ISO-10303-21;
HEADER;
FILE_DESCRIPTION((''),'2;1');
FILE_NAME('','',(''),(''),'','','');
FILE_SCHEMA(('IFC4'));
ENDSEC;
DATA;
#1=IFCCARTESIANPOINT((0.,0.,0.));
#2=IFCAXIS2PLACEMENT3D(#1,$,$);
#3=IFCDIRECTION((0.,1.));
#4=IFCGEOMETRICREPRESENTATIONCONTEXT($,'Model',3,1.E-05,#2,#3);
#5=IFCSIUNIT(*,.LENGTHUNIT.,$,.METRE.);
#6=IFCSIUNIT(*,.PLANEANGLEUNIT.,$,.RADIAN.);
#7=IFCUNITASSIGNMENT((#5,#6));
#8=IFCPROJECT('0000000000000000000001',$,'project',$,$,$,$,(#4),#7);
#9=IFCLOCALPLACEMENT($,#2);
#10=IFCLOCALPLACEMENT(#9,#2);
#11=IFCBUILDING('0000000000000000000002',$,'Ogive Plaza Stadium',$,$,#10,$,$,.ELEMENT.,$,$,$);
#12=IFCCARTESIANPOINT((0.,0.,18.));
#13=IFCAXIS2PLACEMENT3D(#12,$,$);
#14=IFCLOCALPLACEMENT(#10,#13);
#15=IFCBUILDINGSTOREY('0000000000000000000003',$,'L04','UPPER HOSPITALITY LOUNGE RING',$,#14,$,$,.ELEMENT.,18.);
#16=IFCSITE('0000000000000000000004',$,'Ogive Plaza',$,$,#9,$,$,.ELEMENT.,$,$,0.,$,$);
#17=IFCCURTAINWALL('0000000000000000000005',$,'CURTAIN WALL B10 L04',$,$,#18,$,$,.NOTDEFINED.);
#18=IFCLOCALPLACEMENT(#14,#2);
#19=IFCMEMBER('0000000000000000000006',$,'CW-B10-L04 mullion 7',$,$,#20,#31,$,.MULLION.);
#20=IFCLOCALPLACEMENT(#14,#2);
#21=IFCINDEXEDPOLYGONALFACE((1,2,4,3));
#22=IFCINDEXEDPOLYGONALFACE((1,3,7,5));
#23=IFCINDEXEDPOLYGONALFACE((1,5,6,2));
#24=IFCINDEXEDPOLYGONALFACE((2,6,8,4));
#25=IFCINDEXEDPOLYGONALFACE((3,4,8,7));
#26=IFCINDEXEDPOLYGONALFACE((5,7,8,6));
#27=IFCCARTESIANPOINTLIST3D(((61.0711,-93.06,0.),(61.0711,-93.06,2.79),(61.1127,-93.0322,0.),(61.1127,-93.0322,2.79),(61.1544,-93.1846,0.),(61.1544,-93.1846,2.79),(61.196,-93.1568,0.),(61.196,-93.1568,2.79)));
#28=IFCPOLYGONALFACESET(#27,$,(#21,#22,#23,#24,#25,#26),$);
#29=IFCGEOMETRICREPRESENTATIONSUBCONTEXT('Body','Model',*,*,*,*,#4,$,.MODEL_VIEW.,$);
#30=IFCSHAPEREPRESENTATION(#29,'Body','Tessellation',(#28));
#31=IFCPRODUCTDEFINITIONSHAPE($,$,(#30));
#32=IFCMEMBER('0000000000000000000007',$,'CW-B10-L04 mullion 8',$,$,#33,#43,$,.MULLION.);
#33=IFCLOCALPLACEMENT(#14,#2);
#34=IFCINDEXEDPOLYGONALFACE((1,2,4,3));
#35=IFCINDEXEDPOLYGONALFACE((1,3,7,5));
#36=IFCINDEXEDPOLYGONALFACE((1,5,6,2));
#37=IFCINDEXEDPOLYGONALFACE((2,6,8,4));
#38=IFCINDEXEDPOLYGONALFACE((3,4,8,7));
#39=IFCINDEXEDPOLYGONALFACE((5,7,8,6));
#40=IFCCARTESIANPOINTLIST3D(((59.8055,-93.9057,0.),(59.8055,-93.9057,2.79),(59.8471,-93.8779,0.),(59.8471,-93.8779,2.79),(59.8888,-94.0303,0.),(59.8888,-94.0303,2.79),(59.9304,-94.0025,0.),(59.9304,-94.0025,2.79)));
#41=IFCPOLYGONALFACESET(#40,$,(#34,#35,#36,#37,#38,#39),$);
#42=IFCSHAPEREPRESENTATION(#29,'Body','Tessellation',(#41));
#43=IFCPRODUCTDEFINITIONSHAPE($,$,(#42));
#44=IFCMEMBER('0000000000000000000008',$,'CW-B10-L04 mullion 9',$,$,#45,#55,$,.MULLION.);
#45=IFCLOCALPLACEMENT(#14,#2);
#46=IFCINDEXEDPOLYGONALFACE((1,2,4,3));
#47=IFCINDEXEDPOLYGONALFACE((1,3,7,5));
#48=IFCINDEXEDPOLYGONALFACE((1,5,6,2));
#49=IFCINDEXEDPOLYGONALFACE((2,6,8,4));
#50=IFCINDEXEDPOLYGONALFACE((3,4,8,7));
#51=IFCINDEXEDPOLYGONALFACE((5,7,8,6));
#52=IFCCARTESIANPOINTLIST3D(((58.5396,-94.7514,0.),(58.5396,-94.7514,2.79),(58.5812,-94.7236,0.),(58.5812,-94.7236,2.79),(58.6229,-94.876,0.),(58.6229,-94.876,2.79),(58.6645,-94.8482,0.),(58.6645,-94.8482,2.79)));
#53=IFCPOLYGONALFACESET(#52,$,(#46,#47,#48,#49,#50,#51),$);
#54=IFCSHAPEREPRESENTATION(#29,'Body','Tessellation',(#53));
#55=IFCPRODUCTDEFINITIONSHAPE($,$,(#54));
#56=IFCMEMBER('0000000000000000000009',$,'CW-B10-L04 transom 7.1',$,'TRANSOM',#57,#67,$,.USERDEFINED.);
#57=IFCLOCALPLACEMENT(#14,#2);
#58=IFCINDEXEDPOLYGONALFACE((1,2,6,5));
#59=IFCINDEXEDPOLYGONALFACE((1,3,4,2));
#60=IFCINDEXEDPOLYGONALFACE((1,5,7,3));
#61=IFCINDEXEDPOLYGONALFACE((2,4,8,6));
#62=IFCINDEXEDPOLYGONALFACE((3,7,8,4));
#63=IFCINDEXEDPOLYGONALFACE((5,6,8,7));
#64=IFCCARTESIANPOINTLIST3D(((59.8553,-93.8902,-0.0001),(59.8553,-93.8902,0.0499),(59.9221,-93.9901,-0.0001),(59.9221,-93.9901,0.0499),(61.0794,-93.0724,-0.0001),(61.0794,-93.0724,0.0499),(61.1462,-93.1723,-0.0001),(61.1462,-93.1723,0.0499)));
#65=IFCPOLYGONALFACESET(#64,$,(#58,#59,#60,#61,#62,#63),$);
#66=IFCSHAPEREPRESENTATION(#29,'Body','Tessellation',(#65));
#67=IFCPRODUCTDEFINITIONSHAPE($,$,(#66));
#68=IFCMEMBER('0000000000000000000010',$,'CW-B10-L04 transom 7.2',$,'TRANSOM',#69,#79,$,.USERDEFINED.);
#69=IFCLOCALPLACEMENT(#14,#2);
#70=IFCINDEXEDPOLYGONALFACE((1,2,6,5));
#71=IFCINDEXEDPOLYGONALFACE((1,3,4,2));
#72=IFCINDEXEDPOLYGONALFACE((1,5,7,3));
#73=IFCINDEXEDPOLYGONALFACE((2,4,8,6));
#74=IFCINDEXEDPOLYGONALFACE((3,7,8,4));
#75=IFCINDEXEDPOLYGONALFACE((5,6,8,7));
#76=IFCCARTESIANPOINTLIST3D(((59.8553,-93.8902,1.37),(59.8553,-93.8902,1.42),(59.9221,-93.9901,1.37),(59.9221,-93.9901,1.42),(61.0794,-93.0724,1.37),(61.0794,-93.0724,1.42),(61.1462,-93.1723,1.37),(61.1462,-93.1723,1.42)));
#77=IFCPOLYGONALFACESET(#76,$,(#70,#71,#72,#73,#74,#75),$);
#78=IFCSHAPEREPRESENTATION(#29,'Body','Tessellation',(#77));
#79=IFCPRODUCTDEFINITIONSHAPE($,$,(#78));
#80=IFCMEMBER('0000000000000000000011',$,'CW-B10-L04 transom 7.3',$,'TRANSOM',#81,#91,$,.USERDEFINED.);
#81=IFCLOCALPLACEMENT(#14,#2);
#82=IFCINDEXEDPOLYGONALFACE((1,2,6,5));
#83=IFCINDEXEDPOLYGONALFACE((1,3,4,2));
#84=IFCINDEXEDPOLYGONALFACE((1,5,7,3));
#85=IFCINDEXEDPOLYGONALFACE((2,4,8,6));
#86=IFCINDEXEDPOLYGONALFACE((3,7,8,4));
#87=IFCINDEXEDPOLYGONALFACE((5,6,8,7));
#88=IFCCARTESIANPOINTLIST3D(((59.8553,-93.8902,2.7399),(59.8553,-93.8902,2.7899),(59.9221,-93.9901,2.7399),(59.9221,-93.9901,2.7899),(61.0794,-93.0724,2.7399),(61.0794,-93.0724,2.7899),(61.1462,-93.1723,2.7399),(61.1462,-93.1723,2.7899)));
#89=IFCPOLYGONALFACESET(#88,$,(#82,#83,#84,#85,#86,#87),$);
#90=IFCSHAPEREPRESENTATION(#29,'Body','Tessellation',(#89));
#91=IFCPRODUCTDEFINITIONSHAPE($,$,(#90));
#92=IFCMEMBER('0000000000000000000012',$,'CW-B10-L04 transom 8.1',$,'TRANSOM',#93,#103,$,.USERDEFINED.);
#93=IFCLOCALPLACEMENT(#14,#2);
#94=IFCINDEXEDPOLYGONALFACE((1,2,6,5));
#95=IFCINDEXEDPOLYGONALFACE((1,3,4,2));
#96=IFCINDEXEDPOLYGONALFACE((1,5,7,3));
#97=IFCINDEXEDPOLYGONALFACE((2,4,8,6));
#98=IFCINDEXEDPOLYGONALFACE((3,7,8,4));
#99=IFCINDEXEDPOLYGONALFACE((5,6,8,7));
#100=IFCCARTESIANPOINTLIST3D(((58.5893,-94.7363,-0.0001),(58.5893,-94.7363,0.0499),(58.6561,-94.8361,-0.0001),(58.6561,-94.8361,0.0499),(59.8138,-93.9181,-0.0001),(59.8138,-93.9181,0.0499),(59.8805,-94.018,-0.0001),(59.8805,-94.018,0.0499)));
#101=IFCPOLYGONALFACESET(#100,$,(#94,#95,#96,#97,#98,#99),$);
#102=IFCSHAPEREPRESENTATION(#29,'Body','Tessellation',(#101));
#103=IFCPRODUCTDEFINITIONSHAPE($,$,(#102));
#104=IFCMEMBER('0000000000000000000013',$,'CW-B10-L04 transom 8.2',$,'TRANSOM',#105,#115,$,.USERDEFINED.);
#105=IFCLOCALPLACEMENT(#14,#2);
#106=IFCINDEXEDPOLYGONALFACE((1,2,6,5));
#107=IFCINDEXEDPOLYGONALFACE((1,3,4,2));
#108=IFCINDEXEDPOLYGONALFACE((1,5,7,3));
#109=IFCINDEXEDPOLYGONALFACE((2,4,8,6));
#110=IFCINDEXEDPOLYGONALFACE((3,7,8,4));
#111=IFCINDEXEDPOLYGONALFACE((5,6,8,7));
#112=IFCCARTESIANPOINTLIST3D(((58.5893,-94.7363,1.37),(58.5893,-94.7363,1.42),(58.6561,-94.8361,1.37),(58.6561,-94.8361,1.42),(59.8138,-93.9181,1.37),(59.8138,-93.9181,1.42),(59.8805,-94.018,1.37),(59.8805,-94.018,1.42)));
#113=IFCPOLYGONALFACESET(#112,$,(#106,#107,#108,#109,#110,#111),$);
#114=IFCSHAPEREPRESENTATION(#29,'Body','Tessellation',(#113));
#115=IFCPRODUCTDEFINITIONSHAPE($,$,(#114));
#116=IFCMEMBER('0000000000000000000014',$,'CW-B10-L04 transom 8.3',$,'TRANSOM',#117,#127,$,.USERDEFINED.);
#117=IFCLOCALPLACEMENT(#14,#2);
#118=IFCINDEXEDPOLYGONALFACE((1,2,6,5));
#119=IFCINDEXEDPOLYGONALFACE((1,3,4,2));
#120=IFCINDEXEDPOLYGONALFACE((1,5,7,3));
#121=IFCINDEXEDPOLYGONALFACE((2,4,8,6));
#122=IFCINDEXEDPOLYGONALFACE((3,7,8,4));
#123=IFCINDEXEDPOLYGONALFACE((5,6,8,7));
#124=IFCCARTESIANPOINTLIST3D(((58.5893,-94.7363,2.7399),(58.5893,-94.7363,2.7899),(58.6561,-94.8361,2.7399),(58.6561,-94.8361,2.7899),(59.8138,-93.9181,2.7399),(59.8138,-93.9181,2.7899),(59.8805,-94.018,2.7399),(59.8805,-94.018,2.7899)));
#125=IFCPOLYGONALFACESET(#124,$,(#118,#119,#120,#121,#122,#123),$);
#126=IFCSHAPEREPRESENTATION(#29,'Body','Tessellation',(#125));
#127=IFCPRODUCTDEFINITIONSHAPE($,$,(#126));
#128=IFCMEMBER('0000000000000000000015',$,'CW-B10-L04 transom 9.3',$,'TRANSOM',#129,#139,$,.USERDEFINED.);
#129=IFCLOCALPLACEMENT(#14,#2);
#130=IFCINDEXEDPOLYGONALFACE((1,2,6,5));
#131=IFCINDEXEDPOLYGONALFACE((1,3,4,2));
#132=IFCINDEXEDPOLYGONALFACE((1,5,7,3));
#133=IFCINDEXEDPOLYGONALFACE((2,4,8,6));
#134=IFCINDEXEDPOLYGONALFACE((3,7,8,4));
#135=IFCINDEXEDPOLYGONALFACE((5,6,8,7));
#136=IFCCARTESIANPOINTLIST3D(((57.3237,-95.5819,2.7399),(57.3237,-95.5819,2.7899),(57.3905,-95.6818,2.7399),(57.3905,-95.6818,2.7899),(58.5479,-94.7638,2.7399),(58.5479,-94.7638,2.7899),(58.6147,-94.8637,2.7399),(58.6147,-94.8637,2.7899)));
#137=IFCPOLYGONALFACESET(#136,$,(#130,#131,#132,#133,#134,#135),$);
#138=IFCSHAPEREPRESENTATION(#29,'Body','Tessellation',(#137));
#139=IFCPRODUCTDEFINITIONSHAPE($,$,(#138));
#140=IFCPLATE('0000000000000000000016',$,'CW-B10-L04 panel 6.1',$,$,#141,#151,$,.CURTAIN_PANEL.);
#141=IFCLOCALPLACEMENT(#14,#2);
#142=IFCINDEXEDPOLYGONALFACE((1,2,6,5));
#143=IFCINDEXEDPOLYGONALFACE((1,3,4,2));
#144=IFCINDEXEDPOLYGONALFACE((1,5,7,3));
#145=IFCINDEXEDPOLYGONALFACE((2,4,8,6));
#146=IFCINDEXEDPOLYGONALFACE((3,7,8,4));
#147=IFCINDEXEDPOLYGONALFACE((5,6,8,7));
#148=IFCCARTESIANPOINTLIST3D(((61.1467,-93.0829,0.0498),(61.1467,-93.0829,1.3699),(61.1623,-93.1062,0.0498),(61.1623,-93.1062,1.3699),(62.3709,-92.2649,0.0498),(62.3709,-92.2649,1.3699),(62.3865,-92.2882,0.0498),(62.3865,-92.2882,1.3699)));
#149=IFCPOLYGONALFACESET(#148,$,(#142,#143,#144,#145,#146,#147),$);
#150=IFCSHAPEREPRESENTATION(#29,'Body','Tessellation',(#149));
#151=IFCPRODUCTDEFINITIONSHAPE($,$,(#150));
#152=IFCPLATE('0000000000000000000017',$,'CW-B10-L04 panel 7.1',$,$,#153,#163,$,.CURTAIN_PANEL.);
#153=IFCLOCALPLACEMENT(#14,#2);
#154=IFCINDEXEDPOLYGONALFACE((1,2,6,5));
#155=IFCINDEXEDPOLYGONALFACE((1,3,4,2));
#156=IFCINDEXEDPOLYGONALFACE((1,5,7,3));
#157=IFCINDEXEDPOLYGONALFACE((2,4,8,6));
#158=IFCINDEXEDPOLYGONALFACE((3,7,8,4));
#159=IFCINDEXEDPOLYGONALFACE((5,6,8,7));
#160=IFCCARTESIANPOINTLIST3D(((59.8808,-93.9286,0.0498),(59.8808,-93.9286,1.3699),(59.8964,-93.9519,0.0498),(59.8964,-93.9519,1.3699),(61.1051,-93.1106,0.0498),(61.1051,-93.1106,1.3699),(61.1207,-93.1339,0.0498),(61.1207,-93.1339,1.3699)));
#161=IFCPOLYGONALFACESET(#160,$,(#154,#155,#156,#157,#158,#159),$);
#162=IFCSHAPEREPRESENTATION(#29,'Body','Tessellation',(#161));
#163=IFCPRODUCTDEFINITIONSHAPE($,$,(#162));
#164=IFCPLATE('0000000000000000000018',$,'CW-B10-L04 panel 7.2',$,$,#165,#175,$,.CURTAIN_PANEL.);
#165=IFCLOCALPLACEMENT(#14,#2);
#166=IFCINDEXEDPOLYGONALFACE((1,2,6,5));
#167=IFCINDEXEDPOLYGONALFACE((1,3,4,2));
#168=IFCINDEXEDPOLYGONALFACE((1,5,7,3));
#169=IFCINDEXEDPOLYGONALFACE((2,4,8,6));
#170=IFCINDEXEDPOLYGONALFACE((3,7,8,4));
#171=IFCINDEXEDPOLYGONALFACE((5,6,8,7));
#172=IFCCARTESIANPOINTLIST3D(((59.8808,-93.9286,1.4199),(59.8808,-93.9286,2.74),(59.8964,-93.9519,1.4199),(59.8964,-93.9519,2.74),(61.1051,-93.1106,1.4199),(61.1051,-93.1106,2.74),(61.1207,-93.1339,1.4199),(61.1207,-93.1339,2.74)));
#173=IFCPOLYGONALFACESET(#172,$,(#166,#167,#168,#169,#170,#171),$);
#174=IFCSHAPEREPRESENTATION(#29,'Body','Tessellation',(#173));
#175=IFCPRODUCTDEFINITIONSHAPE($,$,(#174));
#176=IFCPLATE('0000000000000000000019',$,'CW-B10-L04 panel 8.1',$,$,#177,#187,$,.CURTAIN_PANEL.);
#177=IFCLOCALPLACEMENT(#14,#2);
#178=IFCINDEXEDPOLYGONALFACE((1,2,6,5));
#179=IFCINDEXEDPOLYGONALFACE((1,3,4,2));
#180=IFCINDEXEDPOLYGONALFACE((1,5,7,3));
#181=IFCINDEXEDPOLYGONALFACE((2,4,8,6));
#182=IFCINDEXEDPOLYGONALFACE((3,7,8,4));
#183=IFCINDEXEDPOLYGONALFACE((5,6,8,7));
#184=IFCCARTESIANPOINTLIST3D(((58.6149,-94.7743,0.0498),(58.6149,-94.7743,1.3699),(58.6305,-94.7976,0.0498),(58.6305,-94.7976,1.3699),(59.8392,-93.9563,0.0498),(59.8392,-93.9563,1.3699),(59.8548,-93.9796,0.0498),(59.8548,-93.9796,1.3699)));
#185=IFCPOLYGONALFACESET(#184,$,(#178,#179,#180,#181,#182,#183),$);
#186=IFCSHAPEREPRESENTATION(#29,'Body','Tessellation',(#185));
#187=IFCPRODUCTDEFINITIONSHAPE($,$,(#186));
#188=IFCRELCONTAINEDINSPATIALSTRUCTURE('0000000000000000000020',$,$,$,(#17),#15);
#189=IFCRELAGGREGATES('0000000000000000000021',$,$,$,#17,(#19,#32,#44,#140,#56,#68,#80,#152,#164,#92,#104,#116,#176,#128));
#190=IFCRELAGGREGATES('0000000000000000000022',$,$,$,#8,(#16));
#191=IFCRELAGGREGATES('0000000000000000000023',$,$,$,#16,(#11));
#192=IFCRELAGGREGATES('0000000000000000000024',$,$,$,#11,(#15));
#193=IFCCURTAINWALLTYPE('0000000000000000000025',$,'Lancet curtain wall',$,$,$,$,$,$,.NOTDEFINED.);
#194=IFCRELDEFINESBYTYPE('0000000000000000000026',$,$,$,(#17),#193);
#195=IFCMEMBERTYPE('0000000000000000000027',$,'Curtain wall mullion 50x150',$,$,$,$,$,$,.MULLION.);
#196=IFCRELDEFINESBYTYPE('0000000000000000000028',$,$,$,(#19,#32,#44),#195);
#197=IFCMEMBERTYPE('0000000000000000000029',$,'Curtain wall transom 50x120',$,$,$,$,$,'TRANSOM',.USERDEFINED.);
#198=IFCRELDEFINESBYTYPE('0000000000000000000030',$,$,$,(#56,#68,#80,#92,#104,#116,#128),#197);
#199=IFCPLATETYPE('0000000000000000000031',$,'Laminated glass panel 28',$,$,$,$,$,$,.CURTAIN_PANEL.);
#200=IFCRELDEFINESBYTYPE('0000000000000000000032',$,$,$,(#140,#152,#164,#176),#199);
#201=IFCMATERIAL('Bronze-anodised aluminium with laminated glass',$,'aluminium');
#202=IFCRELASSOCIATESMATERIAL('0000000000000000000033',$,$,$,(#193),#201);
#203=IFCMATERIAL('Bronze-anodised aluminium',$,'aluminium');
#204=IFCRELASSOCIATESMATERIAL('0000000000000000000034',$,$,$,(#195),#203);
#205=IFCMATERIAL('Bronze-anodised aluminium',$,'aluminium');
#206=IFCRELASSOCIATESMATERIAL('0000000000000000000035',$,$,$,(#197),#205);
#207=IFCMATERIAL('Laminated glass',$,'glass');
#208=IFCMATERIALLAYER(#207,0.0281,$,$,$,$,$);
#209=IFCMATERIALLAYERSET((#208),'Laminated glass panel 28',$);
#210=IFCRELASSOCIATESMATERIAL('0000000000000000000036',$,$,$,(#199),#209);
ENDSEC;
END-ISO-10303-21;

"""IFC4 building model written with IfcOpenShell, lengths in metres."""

from ifc_helpers import new_model, si_unit, direction, frame, origin, origin_2d, place, context, subcontext, project, spatial, rectangle, extrude, material, layer, layer_set, material_profile, profile_set, type_object, element, aggregate, save


model = new_model("IFC4")

# Units and contexts
model_context = context("Model", 3, precision=1e-05, world=origin(), true_north=direction((0.0, 1.0)))
body_context = subcontext(model_context, "Body", "Model", "MODEL_VIEW")
ifc_project = project(units=[si_unit("LENGTHUNIT", "METRE"), si_unit("PLANEANGLEUNIT", "RADIAN")], contexts=[model_context])

# Site, building, storey
site_placement = place(None, origin())
site = spatial("IfcSite", under=ifc_project, at=site_placement, Name="Ogive Plaza", CompositionType="ELEMENT", RefElevation=0.0)
building_placement = place(site_placement, origin())
building = spatial("IfcBuilding", under=site, at=building_placement, Name="Ogive Plaza Stadium", CompositionType="ELEMENT")
storey_placement = place(building_placement, frame((0.0, 0.0, 18.0)))
storey = spatial("IfcBuildingStorey", under=building, at=storey_placement, Name="L04", Description="UPPER HOSPITALITY LOUNGE RING", CompositionType="ELEMENT", Elevation=18.0)

# Curtain wall, members, plates
ifc_material_1 = material(Name="Bronze-anodised aluminium with laminated glass", Category="aluminium")
curtain_wall_type = type_object("IfcCurtainWallType", Name="Lancet curtain wall", PredefinedType="NOTDEFINED", material=ifc_material_1)
curtain_wall_placement = place(storey_placement, origin())
curtain_wall = element("IfcCurtainWall", 1, at=curtain_wall_placement, inside=storey, type_object=curtain_wall_type, Name="CURTAIN WALL B10 L04", PredefinedType="NOTDEFINED")
ifc_material_2 = material(Name="Bronze-anodised aluminium", Category="aluminium")
ifc_material_profile_1 = material_profile(ifc_material_2, rectangle(XDim=0.1499, YDim=0.05, at=origin_2d()), Name="AL 150x50")
ifc_profile_set_1 = profile_set([ifc_material_profile_1], Name="Bronze-anodised aluminium")
member_type_1 = type_object("IfcMemberType", Name="Curtain wall mullion 50x150", PredefinedType="MULLION", material=ifc_profile_set_1)
member_1_placement = place(storey_placement, frame((61.1335, -93.1084, 0.0), z_axis=(0.0, 0.0, 1.0), x_axis=(0.55557, -0.83147, 0.0)))
member_1 = element("IfcMember", 2, at=member_1_placement, type_object=member_type_1, Name="CW-B10-L04 mullion 7", PredefinedType="MULLION", context=body_context, shape_type="SweptSolid", body=[
    extrude(rectangle(XDim=0.1499, YDim=0.05, at=origin_2d()), origin(), (0.0, 0.0, 1.0), 2.79),
])
member_2_placement = place(storey_placement, frame((59.8679, -93.9541, 0.0), z_axis=(0.0, 0.0, 1.0), x_axis=(0.55557, -0.83147, 0.0)))
member_2 = element("IfcMember", 3, at=member_2_placement, type_object=member_type_1, Name="CW-B10-L04 mullion 8", PredefinedType="MULLION", context=body_context, shape_type="SweptSolid", body=[
    extrude(rectangle(XDim=0.1499, YDim=0.05, at=origin_2d()), origin(), (0.0, 0.0, 1.0), 2.79),
])
member_3_placement = place(storey_placement, frame((58.6021, -94.7998, 0.0), z_axis=(0.0, 0.0, 1.0), x_axis=(0.55557, -0.83147, 0.0)))
member_3 = element("IfcMember", 4, at=member_3_placement, type_object=member_type_1, Name="CW-B10-L04 mullion 9", PredefinedType="MULLION", context=body_context, shape_type="SweptSolid", body=[
    extrude(rectangle(XDim=0.1499, YDim=0.05, at=origin_2d()), origin(), (0.0, 0.0, 1.0), 2.79),
])
ifc_material_3 = material(Name="Bronze-anodised aluminium", Category="aluminium")
ifc_material_profile_2 = material_profile(ifc_material_3, rectangle(XDim=0.1201, YDim=0.05, at=origin_2d()), Name="AL 120x50")
ifc_profile_set_2 = profile_set([ifc_material_profile_2], Name="Bronze-anodised aluminium")
member_type_2 = type_object("IfcMemberType", Name="Curtain wall transom 50x120", ElementType="TRANSOM", PredefinedType="USERDEFINED", material=ifc_profile_set_2)
member_4_placement = place(storey_placement, frame((61.1128, -93.1223, 0.0249), z_axis=(-0.831489, -0.555542, 0.0), x_axis=(0.555542, -0.831489, 0.0)))
member_4 = element("IfcMember", 5, at=member_4_placement, type_object=member_type_2, Name="CW-B10-L04 transom 7.1", ObjectType="TRANSOM", PredefinedType="USERDEFINED", context=body_context, shape_type="SweptSolid", body=[
    extrude(rectangle(XDim=0.1201, YDim=0.05, at=origin_2d()), origin(), (0.0, 0.0, 1.0), 1.4722),
])
member_5_placement = place(storey_placement, frame((61.1128, -93.1223, 1.395), z_axis=(-0.831489, -0.555542, 0.0), x_axis=(0.555542, -0.831489, 0.0)))
member_5 = element("IfcMember", 6, at=member_5_placement, type_object=member_type_2, Name="CW-B10-L04 transom 7.2", ObjectType="TRANSOM", PredefinedType="USERDEFINED", context=body_context, shape_type="SweptSolid", body=[
    extrude(rectangle(XDim=0.1201, YDim=0.05, at=origin_2d()), origin(), (0.0, 0.0, 1.0), 1.4722),
])
member_6_placement = place(storey_placement, frame((61.1128, -93.1223, 2.7649), z_axis=(-0.831489, -0.555542, 0.0), x_axis=(0.555542, -0.831489, 0.0)))
member_6 = element("IfcMember", 7, at=member_6_placement, type_object=member_type_2, Name="CW-B10-L04 transom 7.3", ObjectType="TRANSOM", PredefinedType="USERDEFINED", context=body_context, shape_type="SweptSolid", body=[
    extrude(rectangle(XDim=0.1201, YDim=0.05, at=origin_2d()), origin(), (0.0, 0.0, 1.0), 1.4722),
])
member_7_placement = place(storey_placement, frame((59.8472, -93.968, 0.0249), z_axis=(-0.831463, -0.55558, 0.0), x_axis=(0.55558, -0.831463, 0.0)))
member_7 = element("IfcMember", 8, at=member_7_placement, type_object=member_type_2, Name="CW-B10-L04 transom 8.1", ObjectType="TRANSOM", PredefinedType="USERDEFINED", context=body_context, shape_type="SweptSolid", body=[
    extrude(rectangle(XDim=0.1201, YDim=0.05, at=origin_2d()), origin(), (0.0, 0.0, 1.0), 1.4727),
])
member_8_placement = place(storey_placement, frame((59.8472, -93.968, 1.395), z_axis=(-0.831463, -0.55558, 0.0), x_axis=(0.55558, -0.831463, 0.0)))
member_8 = element("IfcMember", 9, at=member_8_placement, type_object=member_type_2, Name="CW-B10-L04 transom 8.2", ObjectType="TRANSOM", PredefinedType="USERDEFINED", context=body_context, shape_type="SweptSolid", body=[
    extrude(rectangle(XDim=0.1201, YDim=0.05, at=origin_2d()), origin(), (0.0, 0.0, 1.0), 1.4727),
])
member_9_placement = place(storey_placement, frame((59.8472, -93.968, 2.7649), z_axis=(-0.831463, -0.55558, 0.0), x_axis=(0.55558, -0.831463, 0.0)))
member_9 = element("IfcMember", 10, at=member_9_placement, type_object=member_type_2, Name="CW-B10-L04 transom 8.3", ObjectType="TRANSOM", PredefinedType="USERDEFINED", context=body_context, shape_type="SweptSolid", body=[
    extrude(rectangle(XDim=0.1201, YDim=0.05, at=origin_2d()), origin(), (0.0, 0.0, 1.0), 1.4727),
])
member_10_placement = place(storey_placement, frame((58.5813, -94.8137, 2.7649), z_axis=(-0.831412, -0.555656, 0.0), x_axis=(0.555656, -0.831412, 0.0)))
member_10 = element("IfcMember", 11, at=member_10_placement, type_object=member_type_2, Name="CW-B10-L04 transom 9.3", ObjectType="TRANSOM", PredefinedType="USERDEFINED", context=body_context, shape_type="SweptSolid", body=[
    extrude(rectangle(XDim=0.1201, YDim=0.05, at=origin_2d()), origin(), (0.0, 0.0, 1.0), 1.4724),
])
ifc_material_4 = material(Name="Laminated glass", Category="glass")
ifc_layer_1 = layer(ifc_material_4, 0.0281)
ifc_layer_set_1 = layer_set([ifc_layer_1], Name="Laminated glass panel 28")
plate_type = type_object("IfcPlateType", Name="Laminated glass panel 28", PredefinedType="CURTAIN_PANEL", material=ifc_layer_set_1)
plate_1_placement = place(storey_placement, frame((61.7666, -92.6855, 0.0498), z_axis=(0.0, 0.0, 1.0), x_axis=(-0.83147, -0.55557, 0.0)))
plate_1 = element("IfcPlate", 12, at=plate_1_placement, type_object=plate_type, Name="CW-B10-L04 panel 6.1", PredefinedType="CURTAIN_PANEL", context=body_context, shape_type="SweptSolid", body=[
    extrude(rectangle(XDim=1.4724, YDim=0.0281, at=origin_2d()), origin(), (0.0, 0.0, 1.0), 1.3201),
])
plate_2_placement = place(storey_placement, frame((60.5007, -93.5312, 0.0498), z_axis=(0.0, 0.0, 1.0), x_axis=(-0.83147, -0.55557, 0.0)))
plate_2 = element("IfcPlate", 13, at=plate_2_placement, type_object=plate_type, Name="CW-B10-L04 panel 7.1", PredefinedType="CURTAIN_PANEL", context=body_context, shape_type="SweptSolid", body=[
    extrude(rectangle(XDim=1.4724, YDim=0.0281, at=origin_2d()), origin(), (0.0, 0.0, 1.0), 1.3201),
])
plate_3_placement = place(storey_placement, frame((60.5007, -93.5312, 1.4199), z_axis=(0.0, 0.0, 1.0), x_axis=(-0.83147, -0.55557, 0.0)))
plate_3 = element("IfcPlate", 14, at=plate_3_placement, type_object=plate_type, Name="CW-B10-L04 panel 7.2", PredefinedType="CURTAIN_PANEL", context=body_context, shape_type="SweptSolid", body=[
    extrude(rectangle(XDim=1.4724, YDim=0.0281, at=origin_2d()), origin(), (0.0, 0.0, 1.0), 1.3201),
])
plate_4_placement = place(storey_placement, frame((59.2349, -94.377, 0.0498), z_axis=(0.0, 0.0, 1.0), x_axis=(-0.83147, -0.55557, 0.0)))
plate_4 = element("IfcPlate", 15, at=plate_4_placement, type_object=plate_type, Name="CW-B10-L04 panel 8.1", PredefinedType="CURTAIN_PANEL", context=body_context, shape_type="SweptSolid", body=[
    extrude(rectangle(XDim=1.4724, YDim=0.0281, at=origin_2d()), origin(), (0.0, 0.0, 1.0), 1.3201),
])
aggregate(curtain_wall, [member_1, member_2, member_3, plate_1, member_4, member_5, member_6, plate_2, plate_3, member_7, member_8, member_9, plate_4, member_10])

save(model, "model.ifc")
